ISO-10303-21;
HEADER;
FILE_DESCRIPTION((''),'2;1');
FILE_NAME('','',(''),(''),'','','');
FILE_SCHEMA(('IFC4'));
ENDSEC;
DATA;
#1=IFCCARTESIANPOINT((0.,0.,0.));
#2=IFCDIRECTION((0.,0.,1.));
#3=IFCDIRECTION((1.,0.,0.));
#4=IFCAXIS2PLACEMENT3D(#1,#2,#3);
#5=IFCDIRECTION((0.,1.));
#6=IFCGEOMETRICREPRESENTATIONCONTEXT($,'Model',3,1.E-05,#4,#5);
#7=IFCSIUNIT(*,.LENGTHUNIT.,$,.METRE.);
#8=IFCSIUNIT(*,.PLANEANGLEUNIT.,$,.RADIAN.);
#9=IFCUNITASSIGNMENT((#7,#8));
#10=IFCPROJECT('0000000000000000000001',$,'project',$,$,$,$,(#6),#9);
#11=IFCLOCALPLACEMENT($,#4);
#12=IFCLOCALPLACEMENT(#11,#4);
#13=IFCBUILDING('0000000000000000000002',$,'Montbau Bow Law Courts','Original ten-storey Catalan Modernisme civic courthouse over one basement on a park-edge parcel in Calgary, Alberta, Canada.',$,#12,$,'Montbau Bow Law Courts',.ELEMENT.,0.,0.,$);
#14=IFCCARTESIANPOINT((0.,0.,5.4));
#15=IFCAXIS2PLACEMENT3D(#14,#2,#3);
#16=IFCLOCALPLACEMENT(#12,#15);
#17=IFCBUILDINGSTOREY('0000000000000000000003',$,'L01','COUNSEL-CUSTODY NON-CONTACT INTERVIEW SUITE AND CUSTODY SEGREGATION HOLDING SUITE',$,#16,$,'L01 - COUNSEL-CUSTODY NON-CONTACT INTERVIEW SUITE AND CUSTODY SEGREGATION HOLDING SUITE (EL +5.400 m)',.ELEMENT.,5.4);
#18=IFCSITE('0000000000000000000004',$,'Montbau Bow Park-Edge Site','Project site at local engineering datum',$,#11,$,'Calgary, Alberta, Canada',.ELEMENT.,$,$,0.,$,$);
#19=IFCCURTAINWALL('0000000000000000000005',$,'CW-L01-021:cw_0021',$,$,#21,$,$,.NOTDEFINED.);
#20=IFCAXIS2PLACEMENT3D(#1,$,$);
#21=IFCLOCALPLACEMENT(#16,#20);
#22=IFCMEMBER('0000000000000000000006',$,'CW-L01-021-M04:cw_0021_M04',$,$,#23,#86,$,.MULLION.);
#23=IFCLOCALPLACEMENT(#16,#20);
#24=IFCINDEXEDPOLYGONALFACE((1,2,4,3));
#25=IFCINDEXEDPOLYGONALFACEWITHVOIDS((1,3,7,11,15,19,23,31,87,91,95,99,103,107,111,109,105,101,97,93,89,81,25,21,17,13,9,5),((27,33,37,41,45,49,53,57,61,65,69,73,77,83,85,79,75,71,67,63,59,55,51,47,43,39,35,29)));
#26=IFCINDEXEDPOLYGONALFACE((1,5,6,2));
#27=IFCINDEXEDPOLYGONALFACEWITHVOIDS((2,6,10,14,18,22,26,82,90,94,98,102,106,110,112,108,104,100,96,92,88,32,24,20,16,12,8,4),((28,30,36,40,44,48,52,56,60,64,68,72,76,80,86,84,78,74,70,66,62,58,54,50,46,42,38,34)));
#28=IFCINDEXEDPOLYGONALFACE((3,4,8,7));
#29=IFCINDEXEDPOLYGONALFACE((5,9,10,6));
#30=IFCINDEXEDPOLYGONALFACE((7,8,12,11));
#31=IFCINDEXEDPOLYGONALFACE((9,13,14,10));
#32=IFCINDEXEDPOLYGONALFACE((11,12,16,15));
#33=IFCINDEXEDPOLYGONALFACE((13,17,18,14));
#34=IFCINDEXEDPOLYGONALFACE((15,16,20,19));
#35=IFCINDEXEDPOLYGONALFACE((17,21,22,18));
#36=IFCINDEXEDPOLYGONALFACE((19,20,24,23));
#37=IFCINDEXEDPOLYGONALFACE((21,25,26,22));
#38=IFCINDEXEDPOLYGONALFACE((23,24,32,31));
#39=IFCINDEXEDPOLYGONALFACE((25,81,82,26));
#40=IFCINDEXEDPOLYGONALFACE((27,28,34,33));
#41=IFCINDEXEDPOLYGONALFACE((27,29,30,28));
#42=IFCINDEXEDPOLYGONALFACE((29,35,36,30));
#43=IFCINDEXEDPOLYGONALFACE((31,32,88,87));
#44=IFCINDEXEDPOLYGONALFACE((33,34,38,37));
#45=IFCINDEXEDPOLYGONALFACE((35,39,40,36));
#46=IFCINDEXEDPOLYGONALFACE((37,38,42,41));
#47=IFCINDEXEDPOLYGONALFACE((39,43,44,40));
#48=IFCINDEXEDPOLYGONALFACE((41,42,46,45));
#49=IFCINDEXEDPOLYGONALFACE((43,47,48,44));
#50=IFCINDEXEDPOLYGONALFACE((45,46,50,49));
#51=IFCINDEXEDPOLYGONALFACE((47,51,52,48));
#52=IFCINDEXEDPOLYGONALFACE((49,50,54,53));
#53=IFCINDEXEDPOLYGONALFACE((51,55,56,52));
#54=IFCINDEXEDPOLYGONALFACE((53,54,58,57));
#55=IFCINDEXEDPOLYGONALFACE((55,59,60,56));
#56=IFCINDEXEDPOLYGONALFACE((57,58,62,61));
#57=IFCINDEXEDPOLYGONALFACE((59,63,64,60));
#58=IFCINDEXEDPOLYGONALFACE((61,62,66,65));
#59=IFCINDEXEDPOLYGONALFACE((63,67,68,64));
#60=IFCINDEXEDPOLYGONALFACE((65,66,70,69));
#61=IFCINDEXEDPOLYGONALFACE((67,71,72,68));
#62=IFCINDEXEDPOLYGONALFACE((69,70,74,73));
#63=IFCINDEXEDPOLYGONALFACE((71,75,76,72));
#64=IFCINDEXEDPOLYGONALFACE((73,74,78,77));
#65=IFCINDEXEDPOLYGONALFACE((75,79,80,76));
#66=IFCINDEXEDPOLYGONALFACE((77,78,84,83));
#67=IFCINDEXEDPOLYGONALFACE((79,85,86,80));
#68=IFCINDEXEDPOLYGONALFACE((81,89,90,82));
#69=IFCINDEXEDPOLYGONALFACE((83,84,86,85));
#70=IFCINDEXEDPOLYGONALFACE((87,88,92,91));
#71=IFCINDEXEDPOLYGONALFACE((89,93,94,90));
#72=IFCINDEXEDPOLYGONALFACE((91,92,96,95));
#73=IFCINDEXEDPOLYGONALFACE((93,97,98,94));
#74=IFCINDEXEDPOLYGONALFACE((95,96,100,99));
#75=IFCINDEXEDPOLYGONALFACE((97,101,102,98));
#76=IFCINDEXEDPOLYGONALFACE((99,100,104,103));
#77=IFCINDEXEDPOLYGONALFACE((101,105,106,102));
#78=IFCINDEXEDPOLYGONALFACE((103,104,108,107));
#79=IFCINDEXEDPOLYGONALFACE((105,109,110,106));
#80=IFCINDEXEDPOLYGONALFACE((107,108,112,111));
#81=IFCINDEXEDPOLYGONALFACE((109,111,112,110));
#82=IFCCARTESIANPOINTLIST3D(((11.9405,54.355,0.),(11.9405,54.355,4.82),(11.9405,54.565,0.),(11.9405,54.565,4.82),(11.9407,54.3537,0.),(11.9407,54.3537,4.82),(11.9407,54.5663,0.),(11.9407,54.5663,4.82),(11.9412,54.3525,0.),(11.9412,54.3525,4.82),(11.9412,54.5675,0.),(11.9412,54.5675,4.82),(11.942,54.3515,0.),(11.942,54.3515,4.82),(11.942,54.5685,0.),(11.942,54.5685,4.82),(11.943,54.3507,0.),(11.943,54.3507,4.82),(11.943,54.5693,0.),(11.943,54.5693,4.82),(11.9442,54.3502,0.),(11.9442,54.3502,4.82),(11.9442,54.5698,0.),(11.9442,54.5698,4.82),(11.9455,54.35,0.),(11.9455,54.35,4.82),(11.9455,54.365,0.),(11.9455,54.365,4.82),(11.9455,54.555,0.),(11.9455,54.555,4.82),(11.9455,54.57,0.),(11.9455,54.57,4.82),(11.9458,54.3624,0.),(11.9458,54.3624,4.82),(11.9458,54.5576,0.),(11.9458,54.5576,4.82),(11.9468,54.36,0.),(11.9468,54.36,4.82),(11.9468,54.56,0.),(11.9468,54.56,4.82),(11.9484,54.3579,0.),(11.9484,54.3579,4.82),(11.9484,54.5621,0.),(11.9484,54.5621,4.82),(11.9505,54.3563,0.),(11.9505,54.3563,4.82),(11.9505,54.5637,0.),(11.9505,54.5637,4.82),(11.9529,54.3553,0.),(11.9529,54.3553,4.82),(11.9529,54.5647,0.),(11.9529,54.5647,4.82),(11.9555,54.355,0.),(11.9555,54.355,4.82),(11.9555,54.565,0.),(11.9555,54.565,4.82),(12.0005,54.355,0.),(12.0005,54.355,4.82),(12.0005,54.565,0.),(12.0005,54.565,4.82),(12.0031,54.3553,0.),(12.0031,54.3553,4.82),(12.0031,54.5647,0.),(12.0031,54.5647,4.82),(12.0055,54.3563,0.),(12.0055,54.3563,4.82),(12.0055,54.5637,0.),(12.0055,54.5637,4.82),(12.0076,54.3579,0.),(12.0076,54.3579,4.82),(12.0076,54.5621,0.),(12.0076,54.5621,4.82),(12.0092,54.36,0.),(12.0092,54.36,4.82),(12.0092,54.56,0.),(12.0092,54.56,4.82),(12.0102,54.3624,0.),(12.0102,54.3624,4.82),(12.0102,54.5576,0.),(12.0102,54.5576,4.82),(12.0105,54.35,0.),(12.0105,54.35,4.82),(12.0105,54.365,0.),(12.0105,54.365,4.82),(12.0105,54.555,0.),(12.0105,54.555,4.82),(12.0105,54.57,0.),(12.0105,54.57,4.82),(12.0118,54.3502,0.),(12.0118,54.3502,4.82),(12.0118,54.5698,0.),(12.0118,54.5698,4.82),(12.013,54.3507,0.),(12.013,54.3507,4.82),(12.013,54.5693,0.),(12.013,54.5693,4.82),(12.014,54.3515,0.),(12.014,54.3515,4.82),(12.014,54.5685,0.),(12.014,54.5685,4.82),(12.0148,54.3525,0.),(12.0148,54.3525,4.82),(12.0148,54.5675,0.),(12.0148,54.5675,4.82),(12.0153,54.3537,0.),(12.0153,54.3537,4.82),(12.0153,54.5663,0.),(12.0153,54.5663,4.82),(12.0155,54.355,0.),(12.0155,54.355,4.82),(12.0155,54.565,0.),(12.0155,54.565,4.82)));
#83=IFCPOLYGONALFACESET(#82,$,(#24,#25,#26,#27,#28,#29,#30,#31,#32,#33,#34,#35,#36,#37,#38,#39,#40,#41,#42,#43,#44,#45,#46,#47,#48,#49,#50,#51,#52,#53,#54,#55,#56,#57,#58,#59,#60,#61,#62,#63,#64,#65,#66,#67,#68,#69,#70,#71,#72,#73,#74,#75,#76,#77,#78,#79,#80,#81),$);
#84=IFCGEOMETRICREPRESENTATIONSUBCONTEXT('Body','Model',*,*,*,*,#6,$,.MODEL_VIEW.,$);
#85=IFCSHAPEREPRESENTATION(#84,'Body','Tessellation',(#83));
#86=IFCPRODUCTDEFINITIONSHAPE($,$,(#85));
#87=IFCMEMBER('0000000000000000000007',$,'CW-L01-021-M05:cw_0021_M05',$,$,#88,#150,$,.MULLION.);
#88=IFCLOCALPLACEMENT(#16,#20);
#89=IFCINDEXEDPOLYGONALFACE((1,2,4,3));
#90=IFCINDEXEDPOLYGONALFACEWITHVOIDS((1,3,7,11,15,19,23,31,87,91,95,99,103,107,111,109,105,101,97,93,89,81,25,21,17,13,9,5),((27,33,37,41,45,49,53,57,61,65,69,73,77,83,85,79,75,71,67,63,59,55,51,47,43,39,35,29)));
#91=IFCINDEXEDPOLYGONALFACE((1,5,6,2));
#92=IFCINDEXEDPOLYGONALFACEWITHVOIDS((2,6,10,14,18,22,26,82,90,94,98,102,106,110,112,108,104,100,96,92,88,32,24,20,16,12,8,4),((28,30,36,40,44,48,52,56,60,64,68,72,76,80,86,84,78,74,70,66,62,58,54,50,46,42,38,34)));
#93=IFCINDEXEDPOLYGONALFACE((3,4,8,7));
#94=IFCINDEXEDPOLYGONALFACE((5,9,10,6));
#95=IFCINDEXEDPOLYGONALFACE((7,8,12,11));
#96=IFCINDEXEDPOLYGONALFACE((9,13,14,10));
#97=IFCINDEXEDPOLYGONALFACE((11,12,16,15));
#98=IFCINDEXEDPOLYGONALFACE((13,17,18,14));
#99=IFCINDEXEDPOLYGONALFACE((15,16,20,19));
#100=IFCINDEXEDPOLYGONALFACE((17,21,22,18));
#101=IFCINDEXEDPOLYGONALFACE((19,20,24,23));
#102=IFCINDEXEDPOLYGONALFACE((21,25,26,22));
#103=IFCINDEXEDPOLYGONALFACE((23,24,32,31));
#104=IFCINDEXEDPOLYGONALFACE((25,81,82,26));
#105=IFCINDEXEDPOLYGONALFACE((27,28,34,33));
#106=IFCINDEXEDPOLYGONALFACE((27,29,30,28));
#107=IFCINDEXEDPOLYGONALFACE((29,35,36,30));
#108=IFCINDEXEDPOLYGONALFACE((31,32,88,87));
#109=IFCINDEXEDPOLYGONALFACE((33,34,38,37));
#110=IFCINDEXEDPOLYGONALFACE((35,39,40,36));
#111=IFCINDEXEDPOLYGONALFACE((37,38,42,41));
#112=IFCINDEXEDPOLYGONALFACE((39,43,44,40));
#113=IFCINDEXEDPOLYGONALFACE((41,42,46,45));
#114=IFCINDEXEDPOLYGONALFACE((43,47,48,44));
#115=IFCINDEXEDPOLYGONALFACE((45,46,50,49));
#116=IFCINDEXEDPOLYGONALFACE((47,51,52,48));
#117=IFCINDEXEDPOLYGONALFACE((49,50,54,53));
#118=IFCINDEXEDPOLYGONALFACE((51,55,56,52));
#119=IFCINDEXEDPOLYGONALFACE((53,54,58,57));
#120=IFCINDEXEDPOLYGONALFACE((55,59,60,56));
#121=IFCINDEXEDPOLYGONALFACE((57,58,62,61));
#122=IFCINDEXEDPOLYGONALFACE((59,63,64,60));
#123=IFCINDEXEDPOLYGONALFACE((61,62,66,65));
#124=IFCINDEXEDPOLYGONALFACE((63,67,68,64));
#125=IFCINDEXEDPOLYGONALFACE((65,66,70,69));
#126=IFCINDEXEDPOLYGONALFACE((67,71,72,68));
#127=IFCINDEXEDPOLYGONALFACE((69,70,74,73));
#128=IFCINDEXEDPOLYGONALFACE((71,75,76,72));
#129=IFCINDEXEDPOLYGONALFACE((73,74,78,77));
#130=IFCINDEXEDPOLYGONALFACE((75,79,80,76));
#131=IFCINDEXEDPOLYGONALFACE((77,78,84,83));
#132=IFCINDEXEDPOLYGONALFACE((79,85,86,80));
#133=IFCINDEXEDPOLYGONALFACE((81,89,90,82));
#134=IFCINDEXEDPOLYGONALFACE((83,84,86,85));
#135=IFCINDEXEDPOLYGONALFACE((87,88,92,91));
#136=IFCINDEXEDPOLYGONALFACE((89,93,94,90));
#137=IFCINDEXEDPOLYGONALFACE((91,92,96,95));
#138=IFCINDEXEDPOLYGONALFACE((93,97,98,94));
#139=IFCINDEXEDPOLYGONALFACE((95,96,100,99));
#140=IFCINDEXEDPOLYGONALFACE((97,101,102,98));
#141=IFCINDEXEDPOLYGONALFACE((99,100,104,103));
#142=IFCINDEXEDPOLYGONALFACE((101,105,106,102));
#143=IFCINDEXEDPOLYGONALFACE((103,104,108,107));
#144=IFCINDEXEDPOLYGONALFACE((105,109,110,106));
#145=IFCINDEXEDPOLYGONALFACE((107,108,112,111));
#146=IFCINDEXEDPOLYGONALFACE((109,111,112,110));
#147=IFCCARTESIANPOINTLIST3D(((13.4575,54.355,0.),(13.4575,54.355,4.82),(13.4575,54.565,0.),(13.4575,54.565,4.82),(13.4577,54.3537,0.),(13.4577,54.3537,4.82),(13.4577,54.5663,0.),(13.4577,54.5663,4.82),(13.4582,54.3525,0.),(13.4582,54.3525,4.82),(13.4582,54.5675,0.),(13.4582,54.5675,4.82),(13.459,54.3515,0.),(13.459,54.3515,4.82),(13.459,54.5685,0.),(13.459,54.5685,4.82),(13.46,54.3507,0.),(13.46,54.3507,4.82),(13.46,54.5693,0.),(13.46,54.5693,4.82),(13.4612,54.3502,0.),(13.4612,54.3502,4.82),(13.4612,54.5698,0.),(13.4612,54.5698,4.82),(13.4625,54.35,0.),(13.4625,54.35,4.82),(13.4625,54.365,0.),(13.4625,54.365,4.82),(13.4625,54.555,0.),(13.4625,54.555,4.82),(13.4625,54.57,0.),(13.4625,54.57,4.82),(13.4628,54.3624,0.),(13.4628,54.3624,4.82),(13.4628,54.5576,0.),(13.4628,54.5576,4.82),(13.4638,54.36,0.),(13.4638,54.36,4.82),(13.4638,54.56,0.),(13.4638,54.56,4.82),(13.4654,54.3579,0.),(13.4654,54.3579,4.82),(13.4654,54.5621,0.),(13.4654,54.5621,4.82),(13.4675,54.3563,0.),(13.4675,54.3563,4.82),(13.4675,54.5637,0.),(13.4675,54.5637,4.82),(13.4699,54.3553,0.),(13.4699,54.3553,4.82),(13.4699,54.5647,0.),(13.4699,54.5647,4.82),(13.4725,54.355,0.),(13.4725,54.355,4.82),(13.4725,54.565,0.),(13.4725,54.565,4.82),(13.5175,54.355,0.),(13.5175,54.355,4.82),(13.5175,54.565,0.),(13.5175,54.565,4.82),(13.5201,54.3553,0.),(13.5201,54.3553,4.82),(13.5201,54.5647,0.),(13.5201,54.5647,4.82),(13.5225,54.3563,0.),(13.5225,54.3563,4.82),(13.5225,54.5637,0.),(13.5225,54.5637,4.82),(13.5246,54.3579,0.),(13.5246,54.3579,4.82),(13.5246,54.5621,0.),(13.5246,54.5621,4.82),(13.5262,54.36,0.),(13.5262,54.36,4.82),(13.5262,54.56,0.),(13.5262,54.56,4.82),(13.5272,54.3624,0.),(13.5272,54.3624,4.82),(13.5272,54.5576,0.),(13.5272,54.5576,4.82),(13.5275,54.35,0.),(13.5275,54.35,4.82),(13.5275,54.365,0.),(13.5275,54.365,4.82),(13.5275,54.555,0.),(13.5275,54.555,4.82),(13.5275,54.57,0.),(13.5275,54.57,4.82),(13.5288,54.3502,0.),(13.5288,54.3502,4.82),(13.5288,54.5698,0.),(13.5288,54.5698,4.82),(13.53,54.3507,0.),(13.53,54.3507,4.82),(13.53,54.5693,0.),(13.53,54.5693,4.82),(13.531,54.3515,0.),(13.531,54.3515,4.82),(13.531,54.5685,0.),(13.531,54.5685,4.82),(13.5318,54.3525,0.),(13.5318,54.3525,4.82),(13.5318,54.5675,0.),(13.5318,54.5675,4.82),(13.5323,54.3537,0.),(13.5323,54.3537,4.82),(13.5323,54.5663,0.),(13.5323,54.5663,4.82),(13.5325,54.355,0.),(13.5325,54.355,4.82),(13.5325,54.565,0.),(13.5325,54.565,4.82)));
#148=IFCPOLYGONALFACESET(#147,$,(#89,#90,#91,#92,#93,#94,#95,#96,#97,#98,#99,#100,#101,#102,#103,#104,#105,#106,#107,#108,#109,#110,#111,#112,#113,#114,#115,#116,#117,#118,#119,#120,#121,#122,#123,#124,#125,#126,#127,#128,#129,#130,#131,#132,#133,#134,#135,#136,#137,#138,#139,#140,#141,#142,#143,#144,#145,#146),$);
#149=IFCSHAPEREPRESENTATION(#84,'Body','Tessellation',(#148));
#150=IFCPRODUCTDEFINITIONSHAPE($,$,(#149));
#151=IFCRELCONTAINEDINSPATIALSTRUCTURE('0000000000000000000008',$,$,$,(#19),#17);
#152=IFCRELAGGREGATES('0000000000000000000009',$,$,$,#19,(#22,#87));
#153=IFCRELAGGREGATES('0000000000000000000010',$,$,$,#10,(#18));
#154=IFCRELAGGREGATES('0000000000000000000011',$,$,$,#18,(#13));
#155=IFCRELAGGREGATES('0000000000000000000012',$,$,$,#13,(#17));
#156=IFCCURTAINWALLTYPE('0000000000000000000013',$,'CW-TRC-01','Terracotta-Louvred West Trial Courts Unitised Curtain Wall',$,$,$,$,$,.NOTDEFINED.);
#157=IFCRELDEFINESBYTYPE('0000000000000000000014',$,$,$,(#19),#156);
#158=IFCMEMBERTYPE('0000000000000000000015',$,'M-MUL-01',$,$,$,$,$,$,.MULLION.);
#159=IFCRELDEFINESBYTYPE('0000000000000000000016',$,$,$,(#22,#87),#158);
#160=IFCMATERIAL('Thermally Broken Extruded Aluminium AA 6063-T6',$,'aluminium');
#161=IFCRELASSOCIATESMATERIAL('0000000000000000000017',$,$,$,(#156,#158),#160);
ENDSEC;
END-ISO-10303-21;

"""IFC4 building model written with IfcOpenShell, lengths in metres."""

from ifc_helpers import new_model, si_unit, direction, frame, origin_with_axes, origin_2d_with_axis, place, context, subcontext, project, spatial, hollow_rectangle, extrude, material, material_profile, profile_set, type_object, element, aggregate, save


model = new_model("IFC4")

# Units and contexts
model_context = context("Model", 3, precision=1e-05, world=origin_with_axes(), true_north=direction((0.0, 1.0)))
body_context = subcontext(model_context, "Body", "Model", "MODEL_VIEW")
ifc_project = project(units=[si_unit("LENGTHUNIT", "METRE"), si_unit("PLANEANGLEUNIT", "RADIAN")], contexts=[model_context])

# Site, building, storey
site_placement = place(None, origin_with_axes())
site = spatial("IfcSite", under=ifc_project, at=site_placement, Name="Montbau Bow Park-Edge Site", Description="Project site at local engineering datum", LongName="Calgary, Alberta, Canada", CompositionType="ELEMENT", RefElevation=0.0)
building_placement = place(site_placement, origin_with_axes())
building = spatial("IfcBuilding", under=site, at=building_placement, Name="Montbau Bow Law Courts", Description="Original ten-storey Catalan Modernisme civic courthouse over one basement on a park-edge parcel in Calgary, Alberta, Canada.", LongName="Montbau Bow Law Courts", CompositionType="ELEMENT", ElevationOfRefHeight=0.0, ElevationOfTerrain=0.0)
storey_placement = place(building_placement, frame((0.0, 0.0, 5.4), z_axis=(0.0, 0.0, 1.0), x_axis=(1.0, 0.0, 0.0)))
storey = spatial("IfcBuildingStorey", under=building, at=storey_placement, Name="L01", Description="COUNSEL-CUSTODY NON-CONTACT INTERVIEW SUITE AND CUSTODY SEGREGATION HOLDING SUITE", LongName="L01 - COUNSEL-CUSTODY NON-CONTACT INTERVIEW SUITE AND CUSTODY SEGREGATION HOLDING SUITE (EL +5.400 m)", CompositionType="ELEMENT", Elevation=5.4)

# Curtain wall, members
ifc_material_1 = material(Name="Thermally Broken Extruded Aluminium AA 6063-T6", Category="aluminium")
curtain_wall_type = type_object("IfcCurtainWallType", Name="CW-TRC-01", Description="Terracotta-Louvred West Trial Courts Unitised Curtain Wall", PredefinedType="NOTDEFINED", material=ifc_material_1)
curtain_wall_1_placement = place(None, frame((7.315, 54.46, 5.4), z_axis=(0.0, 0.0, 1.0), x_axis=(1.0, 0.0, 0.0)))
curtain_wall_1 = element("IfcCurtainWall", 1, at=curtain_wall_1_placement, inside=storey, type_object=curtain_wall_type, Name="CW-L01-021:cw_0021", PredefinedType="NOTDEFINED")
ifc_material_profile_1 = material_profile(ifc_material_1, hollow_rectangle(XDim=0.075, YDim=0.22, WallThickness=0.005, InnerFilletRadius=0.01, OuterFilletRadius=0.005, at=origin_2d_with_axis()), Name="CWM-220X75", Category="Main", Priority=0)
ifc_profile_set_1 = profile_set([ifc_material_profile_1], Name="Thermally Broken Extruded Aluminium AA 6063-T6")
member_type_1 = type_object("IfcMemberType", Name="M-MUL-01", PredefinedType="MULLION", material=ifc_profile_set_1)
member_1_placement = place(None, frame((11.978, 54.46, 5.4), z_axis=(0.0, 0.0, 1.0), x_axis=(1.0, 0.0, 0.0)))
member_1 = element("IfcMember", 2, at=member_1_placement, type_object=member_type_1, Name="CW-L01-021-M04:cw_0021_M04", PredefinedType="MULLION", context=body_context, shape_type="SweptSolid", body=[
    extrude(hollow_rectangle(XDim=0.075, YDim=0.22, WallThickness=0.005, InnerFilletRadius=0.01, OuterFilletRadius=0.005, at=origin_2d_with_axis()), origin_with_axes(), (0.0, 0.0, 1.0), 4.82),
])
member_2_placement = place(None, frame((13.495, 54.46, 5.4), z_axis=(0.0, 0.0, 1.0), x_axis=(1.0, 0.0, 0.0)))
member_2 = element("IfcMember", 3, at=member_2_placement, type_object=member_type_1, Name="CW-L01-021-M05:cw_0021_M05", PredefinedType="MULLION", context=body_context, shape_type="SweptSolid", body=[
    extrude(hollow_rectangle(XDim=0.075, YDim=0.22, WallThickness=0.005, InnerFilletRadius=0.01, OuterFilletRadius=0.005, at=origin_2d_with_axis()), origin_with_axes(), (0.0, 0.0, 1.0), 4.82),
])

aggregate(curtain_wall_1, [member_1, member_2])

save(model, "model.ifc")
